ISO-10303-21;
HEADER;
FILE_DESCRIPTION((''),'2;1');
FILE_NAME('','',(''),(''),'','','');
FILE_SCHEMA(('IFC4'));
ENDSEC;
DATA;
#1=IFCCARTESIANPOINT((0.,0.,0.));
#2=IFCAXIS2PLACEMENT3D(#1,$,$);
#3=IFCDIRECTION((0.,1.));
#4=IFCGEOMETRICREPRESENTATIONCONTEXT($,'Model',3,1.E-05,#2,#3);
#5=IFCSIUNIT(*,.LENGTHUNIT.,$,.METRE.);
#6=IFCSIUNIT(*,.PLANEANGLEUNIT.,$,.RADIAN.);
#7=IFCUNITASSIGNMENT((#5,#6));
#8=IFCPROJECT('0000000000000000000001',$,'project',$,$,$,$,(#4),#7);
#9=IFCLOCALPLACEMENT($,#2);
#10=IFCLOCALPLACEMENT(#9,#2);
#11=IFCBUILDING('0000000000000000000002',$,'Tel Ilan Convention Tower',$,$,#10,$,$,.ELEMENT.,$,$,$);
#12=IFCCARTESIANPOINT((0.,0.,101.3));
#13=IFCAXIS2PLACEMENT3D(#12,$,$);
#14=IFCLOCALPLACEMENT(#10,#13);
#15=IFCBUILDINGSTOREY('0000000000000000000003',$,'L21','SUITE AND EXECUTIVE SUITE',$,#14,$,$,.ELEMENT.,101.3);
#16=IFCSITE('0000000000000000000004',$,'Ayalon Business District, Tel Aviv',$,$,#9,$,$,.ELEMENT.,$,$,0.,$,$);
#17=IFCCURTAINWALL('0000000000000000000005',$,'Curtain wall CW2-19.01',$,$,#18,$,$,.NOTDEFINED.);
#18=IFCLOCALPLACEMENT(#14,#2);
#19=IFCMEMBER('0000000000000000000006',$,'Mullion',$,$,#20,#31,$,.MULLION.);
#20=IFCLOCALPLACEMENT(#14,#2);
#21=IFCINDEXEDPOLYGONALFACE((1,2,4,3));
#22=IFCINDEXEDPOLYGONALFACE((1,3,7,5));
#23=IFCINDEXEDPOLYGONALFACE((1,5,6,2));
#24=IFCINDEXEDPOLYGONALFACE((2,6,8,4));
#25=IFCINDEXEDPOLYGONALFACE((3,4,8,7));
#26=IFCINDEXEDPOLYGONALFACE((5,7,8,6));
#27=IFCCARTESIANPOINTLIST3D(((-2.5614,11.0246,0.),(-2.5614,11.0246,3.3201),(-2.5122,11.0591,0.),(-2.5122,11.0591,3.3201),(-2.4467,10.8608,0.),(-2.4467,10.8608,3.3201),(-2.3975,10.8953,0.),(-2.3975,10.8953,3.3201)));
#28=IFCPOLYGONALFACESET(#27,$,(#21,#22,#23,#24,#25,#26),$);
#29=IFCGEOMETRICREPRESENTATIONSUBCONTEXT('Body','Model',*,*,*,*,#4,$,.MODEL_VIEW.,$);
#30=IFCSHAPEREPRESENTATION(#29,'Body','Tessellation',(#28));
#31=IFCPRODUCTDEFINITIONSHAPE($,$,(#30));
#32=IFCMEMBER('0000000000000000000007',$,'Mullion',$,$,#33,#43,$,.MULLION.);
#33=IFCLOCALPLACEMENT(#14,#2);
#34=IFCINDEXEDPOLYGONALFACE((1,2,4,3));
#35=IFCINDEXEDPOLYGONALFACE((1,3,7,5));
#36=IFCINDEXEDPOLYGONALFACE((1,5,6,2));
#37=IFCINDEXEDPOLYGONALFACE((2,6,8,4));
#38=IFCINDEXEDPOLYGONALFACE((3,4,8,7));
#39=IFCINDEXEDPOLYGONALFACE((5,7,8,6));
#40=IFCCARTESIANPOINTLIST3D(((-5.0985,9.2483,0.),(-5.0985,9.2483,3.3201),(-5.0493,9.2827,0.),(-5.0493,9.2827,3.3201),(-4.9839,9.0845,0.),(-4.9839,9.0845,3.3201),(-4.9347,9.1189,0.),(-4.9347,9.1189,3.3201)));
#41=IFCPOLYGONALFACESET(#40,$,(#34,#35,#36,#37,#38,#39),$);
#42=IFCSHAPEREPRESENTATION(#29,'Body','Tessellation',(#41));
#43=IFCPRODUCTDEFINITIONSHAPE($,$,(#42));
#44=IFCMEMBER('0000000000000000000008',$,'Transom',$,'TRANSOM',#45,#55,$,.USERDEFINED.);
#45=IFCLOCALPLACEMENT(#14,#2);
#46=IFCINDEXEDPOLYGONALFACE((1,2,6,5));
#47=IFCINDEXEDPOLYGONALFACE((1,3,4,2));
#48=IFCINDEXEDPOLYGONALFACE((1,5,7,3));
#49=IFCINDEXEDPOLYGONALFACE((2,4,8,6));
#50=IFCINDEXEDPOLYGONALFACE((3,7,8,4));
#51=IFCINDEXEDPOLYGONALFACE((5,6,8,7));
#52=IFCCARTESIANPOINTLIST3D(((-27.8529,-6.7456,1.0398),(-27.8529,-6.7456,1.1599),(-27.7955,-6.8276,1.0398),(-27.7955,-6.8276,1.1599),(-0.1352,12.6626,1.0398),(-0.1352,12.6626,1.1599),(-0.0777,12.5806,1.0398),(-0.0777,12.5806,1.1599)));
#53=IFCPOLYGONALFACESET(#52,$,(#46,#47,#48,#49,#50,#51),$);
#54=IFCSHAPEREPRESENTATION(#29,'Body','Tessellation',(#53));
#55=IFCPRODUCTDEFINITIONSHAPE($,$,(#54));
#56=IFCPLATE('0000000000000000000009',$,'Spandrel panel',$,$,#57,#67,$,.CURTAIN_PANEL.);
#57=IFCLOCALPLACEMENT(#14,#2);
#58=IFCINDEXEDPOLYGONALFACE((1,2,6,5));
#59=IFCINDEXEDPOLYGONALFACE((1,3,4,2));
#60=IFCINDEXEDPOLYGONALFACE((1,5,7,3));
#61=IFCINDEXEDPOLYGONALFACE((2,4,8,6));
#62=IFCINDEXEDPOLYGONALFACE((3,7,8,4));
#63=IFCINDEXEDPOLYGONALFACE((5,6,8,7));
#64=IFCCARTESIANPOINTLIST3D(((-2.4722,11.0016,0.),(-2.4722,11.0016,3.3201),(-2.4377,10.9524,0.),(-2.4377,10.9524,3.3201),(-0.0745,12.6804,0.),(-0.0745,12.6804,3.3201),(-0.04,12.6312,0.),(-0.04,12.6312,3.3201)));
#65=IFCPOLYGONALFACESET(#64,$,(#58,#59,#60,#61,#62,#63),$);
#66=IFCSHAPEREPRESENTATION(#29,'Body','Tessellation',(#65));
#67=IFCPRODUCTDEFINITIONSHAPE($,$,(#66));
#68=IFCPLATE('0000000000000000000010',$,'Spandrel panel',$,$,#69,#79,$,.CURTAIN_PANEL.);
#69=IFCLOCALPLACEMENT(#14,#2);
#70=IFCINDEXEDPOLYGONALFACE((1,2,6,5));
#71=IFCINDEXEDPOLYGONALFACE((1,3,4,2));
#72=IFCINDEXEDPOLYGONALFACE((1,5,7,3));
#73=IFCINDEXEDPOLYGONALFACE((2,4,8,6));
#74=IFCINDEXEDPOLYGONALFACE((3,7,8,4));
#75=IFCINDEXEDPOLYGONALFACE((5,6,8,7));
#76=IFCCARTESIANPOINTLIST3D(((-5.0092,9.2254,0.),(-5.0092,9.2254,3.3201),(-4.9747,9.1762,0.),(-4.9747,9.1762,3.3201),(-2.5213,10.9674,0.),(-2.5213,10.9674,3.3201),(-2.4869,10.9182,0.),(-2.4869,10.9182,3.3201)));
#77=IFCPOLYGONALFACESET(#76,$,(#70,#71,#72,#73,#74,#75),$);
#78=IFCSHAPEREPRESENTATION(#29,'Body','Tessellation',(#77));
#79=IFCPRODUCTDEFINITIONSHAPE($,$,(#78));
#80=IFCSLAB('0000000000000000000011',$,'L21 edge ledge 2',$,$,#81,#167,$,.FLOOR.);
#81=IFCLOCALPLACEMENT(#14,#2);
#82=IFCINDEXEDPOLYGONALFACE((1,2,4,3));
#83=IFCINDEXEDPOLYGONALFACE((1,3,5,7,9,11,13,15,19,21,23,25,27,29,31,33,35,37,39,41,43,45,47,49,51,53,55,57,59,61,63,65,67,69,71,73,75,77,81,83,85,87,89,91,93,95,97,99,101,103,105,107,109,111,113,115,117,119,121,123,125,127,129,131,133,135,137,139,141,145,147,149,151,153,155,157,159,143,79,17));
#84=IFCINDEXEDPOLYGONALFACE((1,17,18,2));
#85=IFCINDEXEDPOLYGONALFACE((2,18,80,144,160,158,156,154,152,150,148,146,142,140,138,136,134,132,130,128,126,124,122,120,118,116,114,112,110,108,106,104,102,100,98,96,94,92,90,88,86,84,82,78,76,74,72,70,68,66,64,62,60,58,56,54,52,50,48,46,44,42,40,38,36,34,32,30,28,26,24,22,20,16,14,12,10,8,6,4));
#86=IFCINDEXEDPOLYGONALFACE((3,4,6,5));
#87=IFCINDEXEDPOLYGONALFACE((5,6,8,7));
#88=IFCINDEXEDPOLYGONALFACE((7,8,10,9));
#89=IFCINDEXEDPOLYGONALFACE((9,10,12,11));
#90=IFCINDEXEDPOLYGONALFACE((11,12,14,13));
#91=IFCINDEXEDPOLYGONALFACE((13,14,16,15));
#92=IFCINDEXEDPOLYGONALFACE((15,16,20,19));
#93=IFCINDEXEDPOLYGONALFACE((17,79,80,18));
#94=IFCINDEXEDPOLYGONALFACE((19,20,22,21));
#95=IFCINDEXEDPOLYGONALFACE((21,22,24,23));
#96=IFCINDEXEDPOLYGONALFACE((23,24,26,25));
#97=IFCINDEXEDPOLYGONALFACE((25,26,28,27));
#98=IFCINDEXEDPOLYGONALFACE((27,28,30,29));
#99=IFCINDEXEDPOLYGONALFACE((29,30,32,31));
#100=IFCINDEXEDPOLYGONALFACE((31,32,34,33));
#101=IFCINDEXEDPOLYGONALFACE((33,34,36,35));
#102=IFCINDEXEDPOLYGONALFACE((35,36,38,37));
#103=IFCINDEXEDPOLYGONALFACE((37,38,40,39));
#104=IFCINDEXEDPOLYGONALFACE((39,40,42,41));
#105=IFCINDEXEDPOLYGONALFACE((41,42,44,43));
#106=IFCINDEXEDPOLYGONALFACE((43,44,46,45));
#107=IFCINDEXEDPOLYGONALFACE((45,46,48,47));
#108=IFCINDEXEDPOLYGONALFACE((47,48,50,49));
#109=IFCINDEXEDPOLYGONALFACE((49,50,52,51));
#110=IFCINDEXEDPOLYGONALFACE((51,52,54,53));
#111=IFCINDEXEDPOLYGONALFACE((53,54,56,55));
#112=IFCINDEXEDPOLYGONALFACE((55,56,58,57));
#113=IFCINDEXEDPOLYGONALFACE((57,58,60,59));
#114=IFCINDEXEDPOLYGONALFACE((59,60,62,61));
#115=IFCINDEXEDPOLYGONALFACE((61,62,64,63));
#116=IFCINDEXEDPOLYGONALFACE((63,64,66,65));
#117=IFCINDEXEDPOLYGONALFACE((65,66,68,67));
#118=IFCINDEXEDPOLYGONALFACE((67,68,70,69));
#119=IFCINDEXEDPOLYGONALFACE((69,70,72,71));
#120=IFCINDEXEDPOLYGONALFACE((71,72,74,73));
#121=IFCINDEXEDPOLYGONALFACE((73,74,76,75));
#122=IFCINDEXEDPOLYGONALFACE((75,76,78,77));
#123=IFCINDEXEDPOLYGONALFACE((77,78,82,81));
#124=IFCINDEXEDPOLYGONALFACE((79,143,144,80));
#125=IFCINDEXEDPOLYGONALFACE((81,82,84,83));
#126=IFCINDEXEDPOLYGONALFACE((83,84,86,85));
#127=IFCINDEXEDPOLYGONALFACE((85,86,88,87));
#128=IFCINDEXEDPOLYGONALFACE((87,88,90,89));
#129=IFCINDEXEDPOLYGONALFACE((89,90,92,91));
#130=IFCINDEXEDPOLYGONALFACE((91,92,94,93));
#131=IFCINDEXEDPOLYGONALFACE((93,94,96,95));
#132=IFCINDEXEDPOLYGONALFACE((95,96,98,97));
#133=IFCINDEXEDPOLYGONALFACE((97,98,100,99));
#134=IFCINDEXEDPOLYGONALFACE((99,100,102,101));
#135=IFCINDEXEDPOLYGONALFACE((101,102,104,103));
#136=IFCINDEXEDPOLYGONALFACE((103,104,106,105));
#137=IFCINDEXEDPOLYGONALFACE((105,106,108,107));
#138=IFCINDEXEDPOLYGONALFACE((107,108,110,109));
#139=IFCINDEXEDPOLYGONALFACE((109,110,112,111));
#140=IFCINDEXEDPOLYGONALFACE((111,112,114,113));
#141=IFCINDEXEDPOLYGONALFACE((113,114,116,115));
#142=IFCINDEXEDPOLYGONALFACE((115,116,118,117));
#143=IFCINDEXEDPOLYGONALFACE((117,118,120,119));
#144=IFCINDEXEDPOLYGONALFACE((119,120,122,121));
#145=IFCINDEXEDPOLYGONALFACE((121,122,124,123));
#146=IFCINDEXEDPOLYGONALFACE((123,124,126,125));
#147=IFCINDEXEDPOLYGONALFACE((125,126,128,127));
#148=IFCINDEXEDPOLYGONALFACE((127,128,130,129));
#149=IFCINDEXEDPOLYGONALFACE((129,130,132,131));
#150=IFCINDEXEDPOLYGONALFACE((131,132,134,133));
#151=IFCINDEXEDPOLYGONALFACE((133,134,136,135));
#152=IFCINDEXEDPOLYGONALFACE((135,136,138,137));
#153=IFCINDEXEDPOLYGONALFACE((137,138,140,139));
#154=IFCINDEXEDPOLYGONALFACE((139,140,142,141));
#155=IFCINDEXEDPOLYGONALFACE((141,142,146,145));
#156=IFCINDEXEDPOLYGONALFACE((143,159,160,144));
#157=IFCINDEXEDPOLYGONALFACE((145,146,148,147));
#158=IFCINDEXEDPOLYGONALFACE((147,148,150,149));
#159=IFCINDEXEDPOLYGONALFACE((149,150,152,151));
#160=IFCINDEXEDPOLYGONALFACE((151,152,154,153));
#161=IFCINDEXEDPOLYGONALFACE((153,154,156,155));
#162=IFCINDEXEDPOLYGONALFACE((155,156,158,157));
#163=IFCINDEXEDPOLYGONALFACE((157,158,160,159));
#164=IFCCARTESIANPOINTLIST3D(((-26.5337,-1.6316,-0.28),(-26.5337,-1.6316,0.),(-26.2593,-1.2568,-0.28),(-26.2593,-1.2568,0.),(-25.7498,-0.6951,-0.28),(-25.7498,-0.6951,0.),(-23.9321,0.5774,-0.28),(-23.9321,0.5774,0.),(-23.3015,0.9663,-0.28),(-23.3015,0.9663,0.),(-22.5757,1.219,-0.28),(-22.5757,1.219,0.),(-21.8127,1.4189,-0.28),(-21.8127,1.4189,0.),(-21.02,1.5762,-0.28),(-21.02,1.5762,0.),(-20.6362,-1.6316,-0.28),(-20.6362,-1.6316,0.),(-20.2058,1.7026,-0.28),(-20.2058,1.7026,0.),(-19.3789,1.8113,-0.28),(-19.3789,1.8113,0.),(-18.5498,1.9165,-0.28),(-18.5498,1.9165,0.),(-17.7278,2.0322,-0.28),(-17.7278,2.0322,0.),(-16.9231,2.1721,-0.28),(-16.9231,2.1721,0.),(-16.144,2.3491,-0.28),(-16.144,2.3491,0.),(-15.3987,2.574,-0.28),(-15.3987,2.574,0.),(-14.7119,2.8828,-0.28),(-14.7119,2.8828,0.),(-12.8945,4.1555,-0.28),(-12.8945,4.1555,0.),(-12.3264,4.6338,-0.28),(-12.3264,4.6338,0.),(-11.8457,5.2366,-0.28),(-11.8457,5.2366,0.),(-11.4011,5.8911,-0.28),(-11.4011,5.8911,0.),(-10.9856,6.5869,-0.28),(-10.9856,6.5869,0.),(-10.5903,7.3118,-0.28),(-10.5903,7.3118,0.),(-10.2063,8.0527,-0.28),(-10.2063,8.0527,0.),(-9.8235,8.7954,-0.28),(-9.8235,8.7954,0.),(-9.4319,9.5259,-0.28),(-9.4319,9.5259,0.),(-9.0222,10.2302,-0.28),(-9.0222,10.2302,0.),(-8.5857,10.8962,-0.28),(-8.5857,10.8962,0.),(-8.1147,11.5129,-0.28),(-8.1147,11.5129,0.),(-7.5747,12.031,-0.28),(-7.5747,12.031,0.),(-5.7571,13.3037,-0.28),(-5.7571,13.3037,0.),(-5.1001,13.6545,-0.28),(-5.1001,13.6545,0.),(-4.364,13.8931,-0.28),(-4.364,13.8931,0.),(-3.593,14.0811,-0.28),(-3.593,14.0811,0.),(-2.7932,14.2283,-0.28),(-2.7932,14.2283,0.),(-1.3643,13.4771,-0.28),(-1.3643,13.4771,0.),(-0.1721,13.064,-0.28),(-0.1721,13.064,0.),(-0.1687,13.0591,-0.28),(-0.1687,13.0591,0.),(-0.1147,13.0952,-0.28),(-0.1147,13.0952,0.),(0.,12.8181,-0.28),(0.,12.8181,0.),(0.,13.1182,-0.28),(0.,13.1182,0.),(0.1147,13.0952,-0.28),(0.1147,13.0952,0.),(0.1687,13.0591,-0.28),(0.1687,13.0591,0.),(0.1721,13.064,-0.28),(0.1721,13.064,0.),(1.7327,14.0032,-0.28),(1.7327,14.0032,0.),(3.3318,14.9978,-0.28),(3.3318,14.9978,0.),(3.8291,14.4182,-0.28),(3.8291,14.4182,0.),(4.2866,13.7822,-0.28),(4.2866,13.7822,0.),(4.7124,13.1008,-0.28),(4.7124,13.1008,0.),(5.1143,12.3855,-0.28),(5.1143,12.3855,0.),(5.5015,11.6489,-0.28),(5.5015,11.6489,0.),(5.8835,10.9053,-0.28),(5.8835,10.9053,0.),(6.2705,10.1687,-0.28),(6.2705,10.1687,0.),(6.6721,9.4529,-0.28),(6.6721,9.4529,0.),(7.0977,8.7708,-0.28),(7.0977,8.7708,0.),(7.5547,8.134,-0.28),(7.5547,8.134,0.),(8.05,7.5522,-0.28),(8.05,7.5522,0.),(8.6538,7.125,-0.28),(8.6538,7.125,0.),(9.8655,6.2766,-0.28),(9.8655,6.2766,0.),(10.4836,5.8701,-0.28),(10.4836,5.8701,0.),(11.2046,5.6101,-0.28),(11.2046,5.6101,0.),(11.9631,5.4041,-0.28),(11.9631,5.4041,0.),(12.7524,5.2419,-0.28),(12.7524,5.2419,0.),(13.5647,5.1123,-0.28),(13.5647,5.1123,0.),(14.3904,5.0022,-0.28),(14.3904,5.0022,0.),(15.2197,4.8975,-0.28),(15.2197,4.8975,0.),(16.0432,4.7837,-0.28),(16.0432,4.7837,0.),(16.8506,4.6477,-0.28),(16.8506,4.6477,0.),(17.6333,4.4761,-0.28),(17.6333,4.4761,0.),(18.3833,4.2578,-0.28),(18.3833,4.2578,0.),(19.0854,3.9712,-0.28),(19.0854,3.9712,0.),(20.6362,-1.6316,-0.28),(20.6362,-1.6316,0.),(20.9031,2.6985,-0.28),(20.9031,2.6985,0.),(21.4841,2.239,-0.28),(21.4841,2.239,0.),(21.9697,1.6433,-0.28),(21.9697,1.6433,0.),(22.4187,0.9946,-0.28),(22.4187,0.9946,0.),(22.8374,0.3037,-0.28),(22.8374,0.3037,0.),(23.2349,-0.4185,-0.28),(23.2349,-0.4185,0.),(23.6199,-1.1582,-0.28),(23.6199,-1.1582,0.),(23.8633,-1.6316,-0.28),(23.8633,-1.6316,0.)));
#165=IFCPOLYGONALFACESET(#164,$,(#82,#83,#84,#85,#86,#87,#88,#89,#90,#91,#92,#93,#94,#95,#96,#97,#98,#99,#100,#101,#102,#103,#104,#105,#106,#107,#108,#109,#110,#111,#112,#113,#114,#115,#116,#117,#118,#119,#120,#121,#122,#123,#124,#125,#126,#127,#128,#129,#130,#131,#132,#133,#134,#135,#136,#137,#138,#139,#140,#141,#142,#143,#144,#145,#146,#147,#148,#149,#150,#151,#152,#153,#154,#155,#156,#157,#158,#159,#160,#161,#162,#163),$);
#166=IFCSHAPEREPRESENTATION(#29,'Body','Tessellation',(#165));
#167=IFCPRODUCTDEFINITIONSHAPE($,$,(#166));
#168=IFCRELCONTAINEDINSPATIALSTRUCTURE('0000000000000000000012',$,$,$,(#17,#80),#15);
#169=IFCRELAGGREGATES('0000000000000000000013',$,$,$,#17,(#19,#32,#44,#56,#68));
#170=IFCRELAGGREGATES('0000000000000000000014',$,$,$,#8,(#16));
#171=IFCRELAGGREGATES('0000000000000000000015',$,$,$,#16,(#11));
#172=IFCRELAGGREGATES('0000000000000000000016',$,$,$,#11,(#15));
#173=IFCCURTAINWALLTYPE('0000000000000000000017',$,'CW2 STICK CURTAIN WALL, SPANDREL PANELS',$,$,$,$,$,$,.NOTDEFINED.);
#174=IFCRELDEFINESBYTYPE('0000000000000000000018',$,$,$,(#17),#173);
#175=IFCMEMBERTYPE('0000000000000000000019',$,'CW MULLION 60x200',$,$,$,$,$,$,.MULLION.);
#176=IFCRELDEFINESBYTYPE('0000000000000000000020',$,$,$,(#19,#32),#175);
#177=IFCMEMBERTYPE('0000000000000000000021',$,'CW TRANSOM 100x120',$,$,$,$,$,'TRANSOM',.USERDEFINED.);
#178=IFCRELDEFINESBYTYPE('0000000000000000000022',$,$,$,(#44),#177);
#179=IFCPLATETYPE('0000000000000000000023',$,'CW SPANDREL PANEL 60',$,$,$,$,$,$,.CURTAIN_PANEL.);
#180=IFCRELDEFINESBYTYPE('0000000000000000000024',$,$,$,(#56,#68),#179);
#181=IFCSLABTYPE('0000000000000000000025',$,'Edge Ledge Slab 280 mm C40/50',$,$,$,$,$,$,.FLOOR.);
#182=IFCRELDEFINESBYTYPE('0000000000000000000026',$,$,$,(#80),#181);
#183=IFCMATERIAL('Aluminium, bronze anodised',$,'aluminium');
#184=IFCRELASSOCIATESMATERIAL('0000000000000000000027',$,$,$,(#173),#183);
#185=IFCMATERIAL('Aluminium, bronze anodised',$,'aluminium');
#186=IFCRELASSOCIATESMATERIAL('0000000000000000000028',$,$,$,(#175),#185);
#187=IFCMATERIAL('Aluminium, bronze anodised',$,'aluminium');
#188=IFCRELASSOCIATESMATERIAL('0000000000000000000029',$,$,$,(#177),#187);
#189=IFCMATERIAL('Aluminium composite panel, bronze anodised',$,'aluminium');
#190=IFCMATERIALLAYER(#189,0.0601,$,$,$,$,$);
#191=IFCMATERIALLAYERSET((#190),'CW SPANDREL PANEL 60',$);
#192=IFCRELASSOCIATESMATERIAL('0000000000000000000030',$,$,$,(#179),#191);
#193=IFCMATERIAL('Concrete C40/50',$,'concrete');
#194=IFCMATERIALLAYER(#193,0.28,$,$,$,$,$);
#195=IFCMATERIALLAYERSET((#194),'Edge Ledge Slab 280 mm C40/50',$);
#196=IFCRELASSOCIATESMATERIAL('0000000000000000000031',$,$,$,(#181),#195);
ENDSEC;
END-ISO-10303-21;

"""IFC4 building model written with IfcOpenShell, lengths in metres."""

from ifc_helpers import new_model, si_unit, direction, frame, origin, origin_2d, place, context, subcontext, project, spatial, polyline, rectangle, outline, extrude, material, layer, layer_set, material_profile, profile_set, type_object, element, aggregate, save


model = new_model("IFC4")

# Units and contexts
model_context = context("Model", 3, precision=1e-05, world=origin(), true_north=direction((0.0, 1.0)))
body_context = subcontext(model_context, "Body", "Model", "MODEL_VIEW")
ifc_project = project(units=[si_unit("LENGTHUNIT", "METRE"), si_unit("PLANEANGLEUNIT", "RADIAN")], contexts=[model_context])

# Site, building, storey
site_placement = place(None, origin())
site = spatial("IfcSite", under=ifc_project, at=site_placement, Name="Ayalon Business District, Tel Aviv", CompositionType="ELEMENT", RefElevation=0.0)
building_placement = place(site_placement, origin())
building = spatial("IfcBuilding", under=site, at=building_placement, Name="Tel Ilan Convention Tower", CompositionType="ELEMENT")
storey_placement = place(building_placement, frame((0.0, 0.0, 101.3)))
storey = spatial("IfcBuildingStorey", under=building, at=storey_placement, Name="L21", Description="SUITE AND EXECUTIVE SUITE", CompositionType="ELEMENT", Elevation=101.3)

# Curtain wall, members, plates
ifc_material_1 = material(Name="Aluminium, bronze anodised", Category="aluminium")
curtain_wall_type = type_object("IfcCurtainWallType", Name="CW2 STICK CURTAIN WALL, SPANDREL PANELS", PredefinedType="NOTDEFINED", material=ifc_material_1)
curtain_wall_placement = place(storey_placement, origin())
curtain_wall = element("IfcCurtainWall", 1, at=curtain_wall_placement, inside=storey, type_object=curtain_wall_type, Name="Curtain wall CW2-19.01", PredefinedType="NOTDEFINED")
ifc_material_2 = material(Name="Aluminium, bronze anodised", Category="aluminium")
ifc_material_profile_1 = material_profile(ifc_material_2, rectangle(XDim=0.0601, YDim=0.2, at=origin_2d()), Name="CW MULLION 60x200")
ifc_profile_set_1 = profile_set([ifc_material_profile_1], Name="Aluminium, bronze anodised")
member_type_1 = type_object("IfcMemberType", Name="CW MULLION 60x200", PredefinedType="MULLION", material=ifc_profile_set_1)
member_1_placement = place(storey_placement, frame((-2.4795, 10.96, 0.0), z_axis=(0.0, 0.0, 1.0), x_axis=(-0.819152, -0.573576, 0.0)))
member_1 = element("IfcMember", 2, at=member_1_placement, type_object=member_type_1, Name="Mullion", PredefinedType="MULLION", context=body_context, shape_type="SweptSolid", body=[
    extrude(rectangle(XDim=0.0601, YDim=0.2, at=origin_2d()), origin(), (0.0, 0.0, 1.0), 3.3201),
])
member_2_placement = place(storey_placement, frame((-5.0166, 9.1836, 0.0), z_axis=(0.0, 0.0, 1.0), x_axis=(-0.819152, -0.573576, 0.0)))
member_2 = element("IfcMember", 3, at=member_2_placement, type_object=member_type_1, Name="Mullion", PredefinedType="MULLION", context=body_context, shape_type="SweptSolid", body=[
    extrude(rectangle(XDim=0.0601, YDim=0.2, at=origin_2d()), origin(), (0.0, 0.0, 1.0), 3.3201),
])
ifc_material_3 = material(Name="Aluminium, bronze anodised", Category="aluminium")
ifc_material_profile_2 = material_profile(ifc_material_3, rectangle(XDim=0.1001, YDim=0.1201, at=origin_2d()), Name="CW TRANSOM 100x120")
ifc_profile_set_2 = profile_set([ifc_material_profile_2], Name="Aluminium, bronze anodised")
member_type_2 = type_object("IfcMemberType", Name="CW TRANSOM 100x120", ElementType="TRANSOM", PredefinedType="USERDEFINED", material=ifc_profile_set_2)
member_3_placement = place(storey_placement, frame((-0.1064, 12.6216, 1.0999), z_axis=(-0.819152, -0.573577, 0.0), x_axis=(0.573577, -0.819152, 0.0)))
member_3 = element("IfcMember", 4, at=member_3_placement, type_object=member_type_2, Name="Transom", ObjectType="TRANSOM", PredefinedType="USERDEFINED", context=body_context, shape_type="SweptSolid", body=[
    extrude(rectangle(XDim=0.1001, YDim=0.1201, at=origin_2d()), origin(), (0.0, 0.0, 1.0), 33.8372),
])
ifc_material_4 = material(Name="Aluminium composite panel, bronze anodised", Category="aluminium")
ifc_layer_1 = layer(ifc_material_4, 0.0601)
ifc_layer_set_1 = layer_set([ifc_layer_1], Name="CW SPANDREL PANEL 60")
plate_type = type_object("IfcPlateType", Name="CW SPANDREL PANEL 60", PredefinedType="CURTAIN_PANEL", material=ifc_layer_set_1)
plate_1_placement = place(storey_placement, frame((-1.2561, 11.8164, 0.0), z_axis=(0.0, 0.0, 1.0), x_axis=(-0.819152, -0.573576, 0.0)))
plate_1 = element("IfcPlate", 5, at=plate_1_placement, type_object=plate_type, Name="Spandrel panel", PredefinedType="CURTAIN_PANEL", context=body_context, shape_type="SweptSolid", body=[
    extrude(rectangle(XDim=2.927, YDim=0.0601, at=origin_2d()), origin(), (0.0, 0.0, 1.0), 3.3201),
])
plate_2_placement = place(storey_placement, frame((-3.748, 10.0718, 0.0), z_axis=(0.0, 0.0, 1.0), x_axis=(-0.819152, -0.573576, 0.0)))
plate_2 = element("IfcPlate", 6, at=plate_2_placement, type_object=plate_type, Name="Spandrel panel", PredefinedType="CURTAIN_PANEL", context=body_context, shape_type="SweptSolid", body=[
    extrude(rectangle(XDim=3.0371, YDim=0.0601, at=origin_2d()), origin(), (0.0, 0.0, 1.0), 3.3201),
])
aggregate(curtain_wall, [member_1, member_2, member_3, plate_1, plate_2])

# Slab
ifc_material_5 = material(Name="Concrete C40/50", Category="concrete")
ifc_layer_2 = layer(ifc_material_5, 0.28)
ifc_layer_set_2 = layer_set([ifc_layer_2], Name="Edge Ledge Slab 280 mm C40/50")
slab_type_1 = type_object("IfcSlabType", Name="Edge Ledge Slab 280 mm C40/50", PredefinedType="FLOOR", material=ifc_layer_set_2)
slab_1_placement = place(storey_placement, frame((0.0, 0.0, -0.28)))
element("IfcSlab", 7, at=slab_1_placement, inside=storey, type_object=slab_type_1, Name="L21 edge ledge 2", PredefinedType="FLOOR", context=body_context, shape_type="SweptSolid", body=[
    extrude(outline(polyline([(-23.3015, 0.9663), (-22.5757, 1.219), (-21.8127, 1.4189), (-21.02, 1.5762), (-20.2058, 1.7026), (-19.3789, 1.8113), (-18.5498, 1.9165), (-17.7278, 2.0322), (-16.9231, 2.1721), (-16.144, 2.3491), (-15.3987, 2.574), (-14.7119, 2.8828), (-12.8945, 4.1555), (-12.3264, 4.6338), (-11.8457, 5.2366), (-11.4011, 5.8911), (-10.9856, 6.5869), (-10.5903, 7.3118), (-10.2063, 8.0527), (-9.8235, 8.7954), (-9.4319, 9.5259), (-9.0222, 10.2302), (-8.5857, 10.8962), (-8.1147, 11.5129), (-7.5747, 12.031), (-5.7571, 13.3037), (-5.1001, 13.6545), (-4.364, 13.8931), (-3.593, 14.0811), (-2.7932, 14.2283), (-1.3643, 13.4771), (-0.1721, 13.064), (-0.1687, 13.0591), (-0.1147, 13.0952), (0.0, 13.1182), (0.1147, 13.0952), (0.1687, 13.0591), (0.1721, 13.064), (1.7327, 14.0032), (3.3318, 14.9978), (3.8291, 14.4182), (4.2866, 13.7822), (4.7124, 13.1008), (5.1143, 12.3855), (5.5015, 11.6489), (5.8835, 10.9053), (6.2705, 10.1687), (6.6721, 9.4529), (7.0977, 8.7708), (7.5547, 8.134), (8.05, 7.5522), (8.6538, 7.125), (9.8655, 6.2766), (10.4836, 5.8701), (11.2046, 5.6101), (11.9631, 5.4041), (12.7524, 5.2419), (13.5647, 5.1123), (14.3904, 5.0022), (15.2197, 4.8975), (16.0432, 4.7837), (16.8506, 4.6477), (17.6333, 4.4761), (18.3833, 4.2578), (19.0854, 3.9712), (20.9031, 2.6985), (21.4841, 2.239), (21.9697, 1.6433), (22.4187, 0.9946), (22.8374, 0.3037), (23.2349, -0.4185), (23.6199, -1.1582), (23.8633, -1.6316), (20.6362, -1.6316), (0.0, 12.8181), (-20.6362, -1.6316), (-26.5337, -1.6316), (-26.2593, -1.2568), (-25.7498, -0.6951), (-23.9321, 0.5774), (-23.3015, 0.9663)])), origin(), (0.0, 0.0, 1.0), 0.28),
])

save(model, "model.ifc")
